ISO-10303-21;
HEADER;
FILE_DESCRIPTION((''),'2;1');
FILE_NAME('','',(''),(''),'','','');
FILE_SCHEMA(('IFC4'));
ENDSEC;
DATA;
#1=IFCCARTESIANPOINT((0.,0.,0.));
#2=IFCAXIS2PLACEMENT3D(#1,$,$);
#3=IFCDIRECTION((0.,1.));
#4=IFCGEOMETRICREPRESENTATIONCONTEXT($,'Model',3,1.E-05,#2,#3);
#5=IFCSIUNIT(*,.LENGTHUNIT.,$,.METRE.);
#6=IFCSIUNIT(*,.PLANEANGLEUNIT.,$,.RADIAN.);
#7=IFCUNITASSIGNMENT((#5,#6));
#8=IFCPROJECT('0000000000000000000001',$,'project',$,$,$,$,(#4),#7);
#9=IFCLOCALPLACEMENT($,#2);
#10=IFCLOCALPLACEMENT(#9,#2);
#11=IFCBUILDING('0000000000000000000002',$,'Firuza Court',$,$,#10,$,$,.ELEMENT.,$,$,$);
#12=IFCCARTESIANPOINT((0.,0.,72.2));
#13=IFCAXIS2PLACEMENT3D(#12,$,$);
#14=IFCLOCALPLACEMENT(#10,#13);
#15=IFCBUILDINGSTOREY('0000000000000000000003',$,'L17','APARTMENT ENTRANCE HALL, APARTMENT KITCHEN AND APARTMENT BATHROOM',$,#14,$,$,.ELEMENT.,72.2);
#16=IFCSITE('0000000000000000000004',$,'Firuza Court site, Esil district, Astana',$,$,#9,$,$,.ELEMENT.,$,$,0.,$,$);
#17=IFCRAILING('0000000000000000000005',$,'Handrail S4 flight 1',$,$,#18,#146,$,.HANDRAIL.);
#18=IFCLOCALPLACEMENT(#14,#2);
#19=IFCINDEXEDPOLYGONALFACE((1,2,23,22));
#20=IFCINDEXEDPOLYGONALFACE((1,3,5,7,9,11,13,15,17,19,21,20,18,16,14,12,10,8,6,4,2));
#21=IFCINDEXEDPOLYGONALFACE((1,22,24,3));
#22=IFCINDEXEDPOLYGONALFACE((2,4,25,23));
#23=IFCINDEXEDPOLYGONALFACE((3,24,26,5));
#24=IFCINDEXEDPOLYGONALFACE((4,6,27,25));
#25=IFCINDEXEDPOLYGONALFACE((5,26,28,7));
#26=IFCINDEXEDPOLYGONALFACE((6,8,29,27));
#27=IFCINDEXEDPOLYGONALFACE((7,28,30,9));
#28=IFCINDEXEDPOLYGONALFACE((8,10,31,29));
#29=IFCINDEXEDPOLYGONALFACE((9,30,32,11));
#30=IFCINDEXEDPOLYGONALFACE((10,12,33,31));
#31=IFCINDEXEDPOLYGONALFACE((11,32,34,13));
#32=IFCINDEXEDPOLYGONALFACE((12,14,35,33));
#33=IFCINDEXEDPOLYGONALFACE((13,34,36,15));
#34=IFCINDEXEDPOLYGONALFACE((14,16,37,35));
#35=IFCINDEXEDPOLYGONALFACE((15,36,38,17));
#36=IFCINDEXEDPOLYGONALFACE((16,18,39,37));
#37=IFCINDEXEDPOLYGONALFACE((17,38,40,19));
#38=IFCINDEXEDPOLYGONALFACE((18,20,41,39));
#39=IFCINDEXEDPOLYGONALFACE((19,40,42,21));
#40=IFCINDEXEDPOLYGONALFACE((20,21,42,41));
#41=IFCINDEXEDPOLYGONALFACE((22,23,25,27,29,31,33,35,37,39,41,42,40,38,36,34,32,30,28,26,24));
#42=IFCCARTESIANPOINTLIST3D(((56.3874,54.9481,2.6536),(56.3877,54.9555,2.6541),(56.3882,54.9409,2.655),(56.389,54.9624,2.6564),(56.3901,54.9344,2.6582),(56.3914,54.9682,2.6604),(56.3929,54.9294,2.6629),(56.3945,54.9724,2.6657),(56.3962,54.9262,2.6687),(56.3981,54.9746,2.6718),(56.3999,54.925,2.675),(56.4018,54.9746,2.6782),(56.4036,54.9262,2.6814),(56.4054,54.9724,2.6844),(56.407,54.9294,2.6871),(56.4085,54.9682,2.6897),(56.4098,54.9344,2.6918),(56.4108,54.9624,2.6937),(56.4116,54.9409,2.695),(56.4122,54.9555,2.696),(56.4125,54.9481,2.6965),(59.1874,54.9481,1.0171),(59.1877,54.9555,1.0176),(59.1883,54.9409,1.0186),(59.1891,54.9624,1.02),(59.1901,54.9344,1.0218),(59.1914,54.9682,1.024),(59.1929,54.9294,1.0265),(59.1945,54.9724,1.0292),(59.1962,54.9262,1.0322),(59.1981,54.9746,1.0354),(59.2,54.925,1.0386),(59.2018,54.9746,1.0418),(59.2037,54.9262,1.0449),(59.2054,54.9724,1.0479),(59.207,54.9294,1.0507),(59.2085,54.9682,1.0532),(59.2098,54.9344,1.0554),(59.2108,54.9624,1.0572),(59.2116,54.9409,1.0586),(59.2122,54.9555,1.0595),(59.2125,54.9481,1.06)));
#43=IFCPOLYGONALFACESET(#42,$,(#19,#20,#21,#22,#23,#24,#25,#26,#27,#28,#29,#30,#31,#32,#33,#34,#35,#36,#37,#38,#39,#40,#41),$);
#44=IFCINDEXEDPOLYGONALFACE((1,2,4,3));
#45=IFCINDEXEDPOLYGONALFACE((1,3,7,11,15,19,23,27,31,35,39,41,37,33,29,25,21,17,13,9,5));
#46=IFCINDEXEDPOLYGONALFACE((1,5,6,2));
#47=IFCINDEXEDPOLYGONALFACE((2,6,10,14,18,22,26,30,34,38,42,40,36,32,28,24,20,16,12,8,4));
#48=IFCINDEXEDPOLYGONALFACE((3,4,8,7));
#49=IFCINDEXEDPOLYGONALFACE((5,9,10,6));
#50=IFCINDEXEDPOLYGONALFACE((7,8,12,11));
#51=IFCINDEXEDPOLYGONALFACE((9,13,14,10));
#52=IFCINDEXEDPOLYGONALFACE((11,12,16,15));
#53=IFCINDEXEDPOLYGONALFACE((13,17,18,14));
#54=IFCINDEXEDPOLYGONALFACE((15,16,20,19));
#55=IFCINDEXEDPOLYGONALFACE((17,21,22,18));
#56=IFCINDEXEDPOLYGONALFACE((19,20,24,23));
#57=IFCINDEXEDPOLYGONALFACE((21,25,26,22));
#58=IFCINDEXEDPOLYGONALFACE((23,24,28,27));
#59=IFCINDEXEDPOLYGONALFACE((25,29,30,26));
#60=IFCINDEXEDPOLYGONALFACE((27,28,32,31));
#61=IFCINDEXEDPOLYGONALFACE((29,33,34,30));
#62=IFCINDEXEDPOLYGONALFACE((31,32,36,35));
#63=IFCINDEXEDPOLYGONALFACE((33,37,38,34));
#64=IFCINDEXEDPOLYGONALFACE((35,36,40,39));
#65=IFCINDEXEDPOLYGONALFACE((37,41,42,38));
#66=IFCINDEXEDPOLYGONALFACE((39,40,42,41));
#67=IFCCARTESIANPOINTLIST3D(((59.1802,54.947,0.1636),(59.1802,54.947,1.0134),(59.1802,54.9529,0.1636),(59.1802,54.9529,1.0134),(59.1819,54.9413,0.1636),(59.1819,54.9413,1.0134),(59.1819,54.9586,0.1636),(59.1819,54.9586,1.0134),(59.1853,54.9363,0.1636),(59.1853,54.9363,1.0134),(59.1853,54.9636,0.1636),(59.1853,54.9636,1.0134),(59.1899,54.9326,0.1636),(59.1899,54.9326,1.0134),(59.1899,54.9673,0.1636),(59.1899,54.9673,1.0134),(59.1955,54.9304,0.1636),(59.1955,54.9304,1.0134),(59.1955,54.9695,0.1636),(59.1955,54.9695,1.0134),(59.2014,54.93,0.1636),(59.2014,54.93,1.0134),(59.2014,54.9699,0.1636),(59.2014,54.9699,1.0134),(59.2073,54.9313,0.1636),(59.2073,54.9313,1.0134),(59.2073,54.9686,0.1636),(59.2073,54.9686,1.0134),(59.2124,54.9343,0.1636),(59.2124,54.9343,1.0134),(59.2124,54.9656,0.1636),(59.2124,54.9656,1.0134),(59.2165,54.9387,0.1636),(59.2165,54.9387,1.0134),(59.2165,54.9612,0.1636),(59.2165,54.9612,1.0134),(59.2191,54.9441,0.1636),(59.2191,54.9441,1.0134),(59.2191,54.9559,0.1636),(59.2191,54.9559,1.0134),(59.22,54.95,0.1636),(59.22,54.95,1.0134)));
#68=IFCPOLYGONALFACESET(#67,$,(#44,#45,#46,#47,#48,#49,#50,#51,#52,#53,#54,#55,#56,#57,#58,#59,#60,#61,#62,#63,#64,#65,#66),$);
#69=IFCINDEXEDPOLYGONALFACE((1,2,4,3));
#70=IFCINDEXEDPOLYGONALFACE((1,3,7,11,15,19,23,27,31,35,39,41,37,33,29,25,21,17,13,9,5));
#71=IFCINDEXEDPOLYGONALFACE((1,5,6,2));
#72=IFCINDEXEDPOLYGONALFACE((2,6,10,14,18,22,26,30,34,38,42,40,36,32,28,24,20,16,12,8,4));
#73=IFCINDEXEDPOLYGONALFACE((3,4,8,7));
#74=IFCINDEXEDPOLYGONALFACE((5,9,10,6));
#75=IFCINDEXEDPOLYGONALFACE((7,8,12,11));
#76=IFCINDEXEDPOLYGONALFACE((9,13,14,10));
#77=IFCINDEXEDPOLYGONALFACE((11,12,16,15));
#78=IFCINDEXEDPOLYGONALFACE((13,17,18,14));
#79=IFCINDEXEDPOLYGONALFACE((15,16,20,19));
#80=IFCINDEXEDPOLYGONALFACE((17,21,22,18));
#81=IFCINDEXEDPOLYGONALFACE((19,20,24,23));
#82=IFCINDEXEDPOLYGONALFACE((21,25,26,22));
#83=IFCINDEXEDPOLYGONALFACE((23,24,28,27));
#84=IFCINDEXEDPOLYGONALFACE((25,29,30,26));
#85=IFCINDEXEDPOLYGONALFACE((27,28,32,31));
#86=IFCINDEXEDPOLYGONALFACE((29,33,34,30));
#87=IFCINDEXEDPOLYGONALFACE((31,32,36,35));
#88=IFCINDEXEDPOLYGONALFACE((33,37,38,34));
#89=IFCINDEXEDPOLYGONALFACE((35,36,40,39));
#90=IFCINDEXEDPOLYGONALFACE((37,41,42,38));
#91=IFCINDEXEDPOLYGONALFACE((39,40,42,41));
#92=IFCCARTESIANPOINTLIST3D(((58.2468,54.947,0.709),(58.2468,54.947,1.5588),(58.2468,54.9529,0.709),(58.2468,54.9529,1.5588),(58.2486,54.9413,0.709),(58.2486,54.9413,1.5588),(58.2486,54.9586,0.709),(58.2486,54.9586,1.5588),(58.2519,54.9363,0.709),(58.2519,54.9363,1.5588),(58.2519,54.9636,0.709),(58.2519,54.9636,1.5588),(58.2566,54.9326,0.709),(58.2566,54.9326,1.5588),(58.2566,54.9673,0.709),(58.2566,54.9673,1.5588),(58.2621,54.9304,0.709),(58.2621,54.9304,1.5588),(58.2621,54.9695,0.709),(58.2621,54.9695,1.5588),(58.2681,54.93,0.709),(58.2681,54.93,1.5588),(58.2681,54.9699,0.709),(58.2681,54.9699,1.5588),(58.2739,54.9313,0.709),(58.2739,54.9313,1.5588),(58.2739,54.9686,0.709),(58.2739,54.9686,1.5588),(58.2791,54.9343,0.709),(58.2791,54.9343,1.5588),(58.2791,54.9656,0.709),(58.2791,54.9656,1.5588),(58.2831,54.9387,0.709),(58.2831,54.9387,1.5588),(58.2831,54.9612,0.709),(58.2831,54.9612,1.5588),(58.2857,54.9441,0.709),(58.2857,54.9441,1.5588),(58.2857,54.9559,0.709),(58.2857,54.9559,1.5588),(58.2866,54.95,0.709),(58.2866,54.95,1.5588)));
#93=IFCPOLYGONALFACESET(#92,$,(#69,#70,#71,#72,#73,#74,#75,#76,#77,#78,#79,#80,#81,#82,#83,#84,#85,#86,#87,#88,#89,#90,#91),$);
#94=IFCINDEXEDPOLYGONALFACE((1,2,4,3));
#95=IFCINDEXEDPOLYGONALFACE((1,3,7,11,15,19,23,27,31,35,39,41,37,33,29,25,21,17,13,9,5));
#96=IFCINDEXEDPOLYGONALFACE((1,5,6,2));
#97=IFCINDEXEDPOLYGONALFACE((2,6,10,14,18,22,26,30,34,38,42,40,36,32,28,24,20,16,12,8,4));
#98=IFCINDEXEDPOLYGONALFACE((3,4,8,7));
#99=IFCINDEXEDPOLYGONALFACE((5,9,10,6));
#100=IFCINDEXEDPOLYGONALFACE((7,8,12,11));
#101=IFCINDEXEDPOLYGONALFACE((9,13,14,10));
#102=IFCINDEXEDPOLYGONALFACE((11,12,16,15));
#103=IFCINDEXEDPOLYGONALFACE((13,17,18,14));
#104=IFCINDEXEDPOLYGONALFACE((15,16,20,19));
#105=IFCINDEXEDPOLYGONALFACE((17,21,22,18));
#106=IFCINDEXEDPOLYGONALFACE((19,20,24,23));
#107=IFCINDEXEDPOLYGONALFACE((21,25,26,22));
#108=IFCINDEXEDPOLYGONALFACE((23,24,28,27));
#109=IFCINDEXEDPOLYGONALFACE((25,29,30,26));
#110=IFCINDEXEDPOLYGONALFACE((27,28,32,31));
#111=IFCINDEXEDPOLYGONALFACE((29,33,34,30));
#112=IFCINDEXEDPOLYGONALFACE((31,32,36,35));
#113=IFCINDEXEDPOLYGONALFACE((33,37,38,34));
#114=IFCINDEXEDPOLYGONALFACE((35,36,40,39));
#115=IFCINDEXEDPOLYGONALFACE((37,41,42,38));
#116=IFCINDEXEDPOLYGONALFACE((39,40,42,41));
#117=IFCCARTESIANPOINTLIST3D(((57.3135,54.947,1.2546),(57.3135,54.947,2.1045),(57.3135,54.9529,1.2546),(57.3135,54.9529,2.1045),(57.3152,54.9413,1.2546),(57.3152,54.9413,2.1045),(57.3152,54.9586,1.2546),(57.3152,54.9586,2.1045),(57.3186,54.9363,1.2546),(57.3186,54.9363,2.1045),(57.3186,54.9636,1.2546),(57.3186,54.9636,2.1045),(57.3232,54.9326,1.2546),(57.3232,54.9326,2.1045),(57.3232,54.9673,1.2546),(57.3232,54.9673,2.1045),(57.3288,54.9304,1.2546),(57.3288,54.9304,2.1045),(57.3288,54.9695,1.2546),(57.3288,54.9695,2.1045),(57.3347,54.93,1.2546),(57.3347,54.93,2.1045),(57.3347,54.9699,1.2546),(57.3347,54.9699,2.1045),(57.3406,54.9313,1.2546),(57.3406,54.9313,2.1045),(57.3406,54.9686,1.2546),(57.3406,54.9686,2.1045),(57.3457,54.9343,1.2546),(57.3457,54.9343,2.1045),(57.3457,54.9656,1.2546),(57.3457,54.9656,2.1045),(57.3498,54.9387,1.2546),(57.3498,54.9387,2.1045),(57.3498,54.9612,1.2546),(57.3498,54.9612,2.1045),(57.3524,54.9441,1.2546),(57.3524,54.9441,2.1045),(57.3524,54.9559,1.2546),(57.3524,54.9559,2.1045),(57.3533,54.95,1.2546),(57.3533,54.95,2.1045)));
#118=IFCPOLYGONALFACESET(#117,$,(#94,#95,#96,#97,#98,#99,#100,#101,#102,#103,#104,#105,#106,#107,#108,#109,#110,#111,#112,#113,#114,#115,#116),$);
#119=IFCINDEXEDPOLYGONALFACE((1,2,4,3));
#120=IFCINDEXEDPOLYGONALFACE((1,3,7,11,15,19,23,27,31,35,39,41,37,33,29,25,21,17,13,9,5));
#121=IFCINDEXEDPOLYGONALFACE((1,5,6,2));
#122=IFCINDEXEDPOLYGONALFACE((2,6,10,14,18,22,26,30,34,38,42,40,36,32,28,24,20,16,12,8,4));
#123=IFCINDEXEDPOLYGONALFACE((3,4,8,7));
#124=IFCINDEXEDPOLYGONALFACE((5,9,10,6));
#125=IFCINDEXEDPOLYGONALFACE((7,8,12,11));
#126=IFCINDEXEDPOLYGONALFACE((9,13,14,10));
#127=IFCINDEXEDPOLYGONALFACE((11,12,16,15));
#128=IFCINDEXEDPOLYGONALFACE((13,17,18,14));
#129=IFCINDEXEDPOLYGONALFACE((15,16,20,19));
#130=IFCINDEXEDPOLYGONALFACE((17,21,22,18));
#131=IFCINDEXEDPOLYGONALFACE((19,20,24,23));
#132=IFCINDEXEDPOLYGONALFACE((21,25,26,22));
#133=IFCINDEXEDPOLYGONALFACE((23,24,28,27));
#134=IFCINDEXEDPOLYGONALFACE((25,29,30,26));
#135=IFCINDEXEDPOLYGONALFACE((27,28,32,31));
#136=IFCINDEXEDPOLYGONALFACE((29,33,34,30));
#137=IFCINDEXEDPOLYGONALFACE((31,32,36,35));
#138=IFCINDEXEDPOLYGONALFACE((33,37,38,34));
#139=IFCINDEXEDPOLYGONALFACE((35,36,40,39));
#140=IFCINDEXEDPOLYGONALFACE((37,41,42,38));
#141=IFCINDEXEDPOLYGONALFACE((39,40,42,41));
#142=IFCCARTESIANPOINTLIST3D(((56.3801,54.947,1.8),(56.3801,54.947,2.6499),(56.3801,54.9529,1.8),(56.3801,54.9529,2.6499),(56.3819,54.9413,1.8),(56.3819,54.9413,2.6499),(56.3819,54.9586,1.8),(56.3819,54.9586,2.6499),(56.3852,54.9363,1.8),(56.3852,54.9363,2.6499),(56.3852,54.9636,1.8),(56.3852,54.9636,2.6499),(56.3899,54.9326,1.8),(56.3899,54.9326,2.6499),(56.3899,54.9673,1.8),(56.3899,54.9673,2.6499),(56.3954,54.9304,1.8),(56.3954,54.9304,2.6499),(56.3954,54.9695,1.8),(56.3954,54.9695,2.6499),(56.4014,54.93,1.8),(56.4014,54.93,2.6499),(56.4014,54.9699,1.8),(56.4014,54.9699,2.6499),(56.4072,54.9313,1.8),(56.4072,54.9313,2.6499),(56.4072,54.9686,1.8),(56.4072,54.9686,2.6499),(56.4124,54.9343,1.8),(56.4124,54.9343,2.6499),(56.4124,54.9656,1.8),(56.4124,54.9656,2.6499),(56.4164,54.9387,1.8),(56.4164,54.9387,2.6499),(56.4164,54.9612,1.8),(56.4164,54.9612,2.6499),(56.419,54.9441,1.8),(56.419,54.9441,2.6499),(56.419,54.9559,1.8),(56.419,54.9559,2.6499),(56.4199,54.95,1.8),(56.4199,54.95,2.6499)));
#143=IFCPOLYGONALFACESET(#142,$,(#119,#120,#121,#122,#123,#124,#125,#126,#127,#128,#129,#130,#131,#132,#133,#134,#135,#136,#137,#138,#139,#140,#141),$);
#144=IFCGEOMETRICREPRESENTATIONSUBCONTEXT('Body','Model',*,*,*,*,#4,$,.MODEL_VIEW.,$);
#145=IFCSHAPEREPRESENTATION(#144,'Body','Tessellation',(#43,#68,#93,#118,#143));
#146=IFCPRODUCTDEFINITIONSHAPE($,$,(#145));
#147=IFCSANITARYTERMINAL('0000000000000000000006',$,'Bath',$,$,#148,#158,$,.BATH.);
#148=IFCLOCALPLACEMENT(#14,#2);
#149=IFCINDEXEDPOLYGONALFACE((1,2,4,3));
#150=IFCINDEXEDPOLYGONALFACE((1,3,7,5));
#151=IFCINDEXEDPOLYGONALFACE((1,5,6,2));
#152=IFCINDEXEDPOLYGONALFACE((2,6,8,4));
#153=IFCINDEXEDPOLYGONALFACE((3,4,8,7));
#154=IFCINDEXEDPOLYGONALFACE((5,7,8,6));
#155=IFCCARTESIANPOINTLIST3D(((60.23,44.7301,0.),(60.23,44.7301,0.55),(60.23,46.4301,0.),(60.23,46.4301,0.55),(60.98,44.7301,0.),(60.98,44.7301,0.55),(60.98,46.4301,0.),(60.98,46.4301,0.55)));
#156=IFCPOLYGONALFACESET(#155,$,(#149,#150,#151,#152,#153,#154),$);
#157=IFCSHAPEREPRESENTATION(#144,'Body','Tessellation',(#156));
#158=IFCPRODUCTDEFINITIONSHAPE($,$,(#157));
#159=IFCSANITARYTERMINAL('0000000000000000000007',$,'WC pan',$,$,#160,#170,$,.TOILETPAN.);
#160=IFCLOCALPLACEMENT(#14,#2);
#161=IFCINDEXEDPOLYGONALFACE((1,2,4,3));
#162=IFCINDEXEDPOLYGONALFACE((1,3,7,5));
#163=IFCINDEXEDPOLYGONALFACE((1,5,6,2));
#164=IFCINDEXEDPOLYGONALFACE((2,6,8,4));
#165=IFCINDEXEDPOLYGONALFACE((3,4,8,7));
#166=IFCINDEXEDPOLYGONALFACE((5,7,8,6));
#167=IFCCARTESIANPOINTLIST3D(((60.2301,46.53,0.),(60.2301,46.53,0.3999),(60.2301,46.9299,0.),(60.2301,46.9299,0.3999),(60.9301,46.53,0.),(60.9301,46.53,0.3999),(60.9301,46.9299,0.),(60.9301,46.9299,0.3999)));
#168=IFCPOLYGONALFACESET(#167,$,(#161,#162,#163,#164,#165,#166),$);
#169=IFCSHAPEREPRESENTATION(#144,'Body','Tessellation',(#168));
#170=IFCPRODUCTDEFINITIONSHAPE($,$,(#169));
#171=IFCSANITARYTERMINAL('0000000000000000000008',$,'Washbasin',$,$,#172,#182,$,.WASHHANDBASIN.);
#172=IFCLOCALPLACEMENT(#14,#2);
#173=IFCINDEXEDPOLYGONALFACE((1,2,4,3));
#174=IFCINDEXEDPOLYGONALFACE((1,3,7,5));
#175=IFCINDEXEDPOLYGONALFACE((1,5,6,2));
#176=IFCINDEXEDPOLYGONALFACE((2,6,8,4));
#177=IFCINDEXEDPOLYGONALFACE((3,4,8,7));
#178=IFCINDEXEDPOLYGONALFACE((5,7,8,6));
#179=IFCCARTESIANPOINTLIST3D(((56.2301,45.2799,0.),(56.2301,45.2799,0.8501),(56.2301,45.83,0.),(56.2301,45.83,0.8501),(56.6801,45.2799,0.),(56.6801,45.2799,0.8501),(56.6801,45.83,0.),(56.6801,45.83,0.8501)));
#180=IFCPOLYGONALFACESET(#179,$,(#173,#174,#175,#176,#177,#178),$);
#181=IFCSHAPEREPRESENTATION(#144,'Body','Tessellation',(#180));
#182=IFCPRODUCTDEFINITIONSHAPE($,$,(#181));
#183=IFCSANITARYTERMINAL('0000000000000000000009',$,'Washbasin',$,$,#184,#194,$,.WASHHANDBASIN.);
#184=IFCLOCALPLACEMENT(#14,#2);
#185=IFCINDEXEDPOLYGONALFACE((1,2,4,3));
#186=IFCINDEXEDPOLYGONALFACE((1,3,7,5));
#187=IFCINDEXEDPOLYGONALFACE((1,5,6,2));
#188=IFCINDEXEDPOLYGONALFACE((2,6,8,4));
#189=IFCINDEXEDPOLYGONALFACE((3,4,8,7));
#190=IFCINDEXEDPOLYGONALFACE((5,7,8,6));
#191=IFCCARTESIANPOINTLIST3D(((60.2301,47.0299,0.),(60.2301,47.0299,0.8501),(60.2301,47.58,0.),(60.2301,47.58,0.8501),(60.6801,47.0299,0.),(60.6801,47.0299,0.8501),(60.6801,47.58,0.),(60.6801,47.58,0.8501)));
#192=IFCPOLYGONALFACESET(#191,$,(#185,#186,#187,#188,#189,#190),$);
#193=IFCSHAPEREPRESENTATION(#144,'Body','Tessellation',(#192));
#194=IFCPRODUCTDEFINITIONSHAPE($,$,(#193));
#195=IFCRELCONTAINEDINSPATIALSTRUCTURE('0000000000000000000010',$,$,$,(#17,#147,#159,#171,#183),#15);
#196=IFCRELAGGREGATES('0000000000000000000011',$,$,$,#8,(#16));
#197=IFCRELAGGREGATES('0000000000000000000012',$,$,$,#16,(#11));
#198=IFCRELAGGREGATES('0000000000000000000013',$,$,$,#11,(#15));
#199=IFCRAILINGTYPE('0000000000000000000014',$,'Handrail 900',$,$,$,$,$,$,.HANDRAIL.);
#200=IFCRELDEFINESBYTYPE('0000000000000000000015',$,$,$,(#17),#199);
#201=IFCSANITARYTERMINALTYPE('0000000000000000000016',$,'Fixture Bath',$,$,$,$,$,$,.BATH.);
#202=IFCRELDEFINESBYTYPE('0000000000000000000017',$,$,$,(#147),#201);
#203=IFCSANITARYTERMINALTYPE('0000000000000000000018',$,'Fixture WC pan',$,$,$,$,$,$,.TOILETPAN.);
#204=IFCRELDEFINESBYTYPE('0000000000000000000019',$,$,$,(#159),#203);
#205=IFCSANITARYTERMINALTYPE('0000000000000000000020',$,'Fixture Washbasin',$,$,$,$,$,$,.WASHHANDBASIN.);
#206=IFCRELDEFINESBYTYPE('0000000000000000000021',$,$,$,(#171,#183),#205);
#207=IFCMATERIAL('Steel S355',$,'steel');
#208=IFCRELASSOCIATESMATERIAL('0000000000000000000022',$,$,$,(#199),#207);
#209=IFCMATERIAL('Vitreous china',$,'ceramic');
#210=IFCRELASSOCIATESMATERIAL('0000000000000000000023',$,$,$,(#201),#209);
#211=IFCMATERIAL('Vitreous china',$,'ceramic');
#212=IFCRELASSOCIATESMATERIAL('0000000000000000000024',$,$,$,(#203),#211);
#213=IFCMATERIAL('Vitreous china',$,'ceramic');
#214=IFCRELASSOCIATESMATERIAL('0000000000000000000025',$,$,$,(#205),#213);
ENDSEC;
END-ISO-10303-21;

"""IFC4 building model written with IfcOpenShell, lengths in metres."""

from ifc_helpers import new_model, si_unit, direction, frame, origin, origin_2d, place, context, subcontext, project, spatial, rectangle, circle, extrude, material, type_object, element, save


model = new_model("IFC4")

# Units and contexts
model_context = context("Model", 3, precision=1e-05, world=origin(), true_north=direction((0.0, 1.0)))
body_context = subcontext(model_context, "Body", "Model", "MODEL_VIEW")
ifc_project = project(units=[si_unit("LENGTHUNIT", "METRE"), si_unit("PLANEANGLEUNIT", "RADIAN")], contexts=[model_context])

# Site, building, storey
site_placement = place(None, origin())
site = spatial("IfcSite", under=ifc_project, at=site_placement, Name="Firuza Court site, Esil district, Astana", CompositionType="ELEMENT", RefElevation=0.0)
building_placement = place(site_placement, origin())
building = spatial("IfcBuilding", under=site, at=building_placement, Name="Firuza Court", CompositionType="ELEMENT")
storey_placement = place(building_placement, frame((0.0, 0.0, 72.2)))
storey = spatial("IfcBuildingStorey", under=building, at=storey_placement, Name="L17", Description="APARTMENT ENTRANCE HALL, APARTMENT KITCHEN AND APARTMENT BATHROOM", CompositionType="ELEMENT", Elevation=72.2)

# Railing
ifc_material_1 = material(Name="Steel S355", Category="steel")
railing_type_1 = type_object("IfcRailingType", Name="Handrail 900", PredefinedType="HANDRAIL", material=ifc_material_1)
railing_1_placement = place(storey_placement, frame((59.2, 54.95, 0.1636)))
element("IfcRailing", 1, at=railing_1_placement, inside=storey, type_object=railing_type_1, Name="Handrail S4 flight 1", PredefinedType="HANDRAIL", context=body_context, shape_type="SweptSolid", body=[
    extrude(circle(Radius=0.0249, at=origin_2d()), frame((0.0, 0.0, 0.875), z_axis=(-0.863361, 0.0, 0.504587), x_axis=(0.0, -1.0, 0.0)), (0.0, 0.0, 1.0), 3.2432),
    extrude(circle(Radius=0.02, at=origin_2d()), origin(), (0.0, 0.0, 1.0), 0.8499),
    extrude(circle(Radius=0.02, at=origin_2d()), frame((-0.9333, 0.0, 0.5454)), (0.0, 0.0, 1.0), 0.8499),
    extrude(circle(Radius=0.02, at=origin_2d()), frame((-1.8667, 0.0, 1.0911)), (0.0, 0.0, 1.0), 0.8499),
    extrude(circle(Radius=0.02, at=origin_2d()), frame((-2.8, 0.0, 1.6365)), (0.0, 0.0, 1.0), 0.8499),
])

# Sanitary terminals
ifc_material_2 = material(Name="Vitreous china", Category="ceramic")
sanitary_terminal_type_1 = type_object("IfcSanitaryTerminalType", Name="Fixture Bath", PredefinedType="BATH", material=ifc_material_2)
sanitary_terminal_1_placement = place(storey_placement, frame((60.605, 45.5801, 0.0), z_axis=(0.0, 0.0, 1.0), x_axis=(1.0, 0.0, 0.0)))
element("IfcSanitaryTerminal", 2, at=sanitary_terminal_1_placement, inside=storey, type_object=sanitary_terminal_type_1, Name="Bath", PredefinedType="BATH", context=body_context, shape_type="SweptSolid", body=[
    extrude(rectangle(XDim=0.75, YDim=1.7, at=origin_2d()), origin(), (0.0, 0.0, 1.0), 0.55),
])
ifc_material_3 = material(Name="Vitreous china", Category="ceramic")
sanitary_terminal_type_2 = type_object("IfcSanitaryTerminalType", Name="Fixture WC pan", PredefinedType="TOILETPAN", material=ifc_material_3)
sanitary_terminal_2_placement = place(storey_placement, frame((60.5801, 46.73, 0.0), z_axis=(0.0, 0.0, 1.0), x_axis=(1.0, 0.0, 0.0)))
element("IfcSanitaryTerminal", 3, at=sanitary_terminal_2_placement, inside=storey, type_object=sanitary_terminal_type_2, Name="WC pan", PredefinedType="TOILETPAN", context=body_context, shape_type="SweptSolid", body=[
    extrude(rectangle(XDim=0.7, YDim=0.3999, at=origin_2d()), origin(), (0.0, 0.0, 1.0), 0.3999),
])
ifc_material_4 = material(Name="Vitreous china", Category="ceramic")
sanitary_terminal_type_3 = type_object("IfcSanitaryTerminalType", Name="Fixture Washbasin", PredefinedType="WASHHANDBASIN", material=ifc_material_4)
for number, where, z_axis, x_axis, name in (
    (4, (56.4551, 45.5549, 0.0), (0.0, 0.0, 1.0), (1.0, 0.0, 0.0), "Washbasin"),
    (5, (60.4551, 47.3049, 0.0), (0.0, 0.0, 1.0), (1.0, 0.0, 0.0), "Washbasin"),
):
    element("IfcSanitaryTerminal", number, at=place(storey_placement, frame(where, z_axis=z_axis, x_axis=x_axis)), inside=storey, type_object=sanitary_terminal_type_3, Name=name, PredefinedType="WASHHANDBASIN", context=body_context, shape_type="SweptSolid", body=[
        extrude(rectangle(XDim=0.45, YDim=0.55, at=origin_2d()), origin(), (0.0, 0.0, 1.0), 0.8501),
    ])

save(model, "model.ifc")
